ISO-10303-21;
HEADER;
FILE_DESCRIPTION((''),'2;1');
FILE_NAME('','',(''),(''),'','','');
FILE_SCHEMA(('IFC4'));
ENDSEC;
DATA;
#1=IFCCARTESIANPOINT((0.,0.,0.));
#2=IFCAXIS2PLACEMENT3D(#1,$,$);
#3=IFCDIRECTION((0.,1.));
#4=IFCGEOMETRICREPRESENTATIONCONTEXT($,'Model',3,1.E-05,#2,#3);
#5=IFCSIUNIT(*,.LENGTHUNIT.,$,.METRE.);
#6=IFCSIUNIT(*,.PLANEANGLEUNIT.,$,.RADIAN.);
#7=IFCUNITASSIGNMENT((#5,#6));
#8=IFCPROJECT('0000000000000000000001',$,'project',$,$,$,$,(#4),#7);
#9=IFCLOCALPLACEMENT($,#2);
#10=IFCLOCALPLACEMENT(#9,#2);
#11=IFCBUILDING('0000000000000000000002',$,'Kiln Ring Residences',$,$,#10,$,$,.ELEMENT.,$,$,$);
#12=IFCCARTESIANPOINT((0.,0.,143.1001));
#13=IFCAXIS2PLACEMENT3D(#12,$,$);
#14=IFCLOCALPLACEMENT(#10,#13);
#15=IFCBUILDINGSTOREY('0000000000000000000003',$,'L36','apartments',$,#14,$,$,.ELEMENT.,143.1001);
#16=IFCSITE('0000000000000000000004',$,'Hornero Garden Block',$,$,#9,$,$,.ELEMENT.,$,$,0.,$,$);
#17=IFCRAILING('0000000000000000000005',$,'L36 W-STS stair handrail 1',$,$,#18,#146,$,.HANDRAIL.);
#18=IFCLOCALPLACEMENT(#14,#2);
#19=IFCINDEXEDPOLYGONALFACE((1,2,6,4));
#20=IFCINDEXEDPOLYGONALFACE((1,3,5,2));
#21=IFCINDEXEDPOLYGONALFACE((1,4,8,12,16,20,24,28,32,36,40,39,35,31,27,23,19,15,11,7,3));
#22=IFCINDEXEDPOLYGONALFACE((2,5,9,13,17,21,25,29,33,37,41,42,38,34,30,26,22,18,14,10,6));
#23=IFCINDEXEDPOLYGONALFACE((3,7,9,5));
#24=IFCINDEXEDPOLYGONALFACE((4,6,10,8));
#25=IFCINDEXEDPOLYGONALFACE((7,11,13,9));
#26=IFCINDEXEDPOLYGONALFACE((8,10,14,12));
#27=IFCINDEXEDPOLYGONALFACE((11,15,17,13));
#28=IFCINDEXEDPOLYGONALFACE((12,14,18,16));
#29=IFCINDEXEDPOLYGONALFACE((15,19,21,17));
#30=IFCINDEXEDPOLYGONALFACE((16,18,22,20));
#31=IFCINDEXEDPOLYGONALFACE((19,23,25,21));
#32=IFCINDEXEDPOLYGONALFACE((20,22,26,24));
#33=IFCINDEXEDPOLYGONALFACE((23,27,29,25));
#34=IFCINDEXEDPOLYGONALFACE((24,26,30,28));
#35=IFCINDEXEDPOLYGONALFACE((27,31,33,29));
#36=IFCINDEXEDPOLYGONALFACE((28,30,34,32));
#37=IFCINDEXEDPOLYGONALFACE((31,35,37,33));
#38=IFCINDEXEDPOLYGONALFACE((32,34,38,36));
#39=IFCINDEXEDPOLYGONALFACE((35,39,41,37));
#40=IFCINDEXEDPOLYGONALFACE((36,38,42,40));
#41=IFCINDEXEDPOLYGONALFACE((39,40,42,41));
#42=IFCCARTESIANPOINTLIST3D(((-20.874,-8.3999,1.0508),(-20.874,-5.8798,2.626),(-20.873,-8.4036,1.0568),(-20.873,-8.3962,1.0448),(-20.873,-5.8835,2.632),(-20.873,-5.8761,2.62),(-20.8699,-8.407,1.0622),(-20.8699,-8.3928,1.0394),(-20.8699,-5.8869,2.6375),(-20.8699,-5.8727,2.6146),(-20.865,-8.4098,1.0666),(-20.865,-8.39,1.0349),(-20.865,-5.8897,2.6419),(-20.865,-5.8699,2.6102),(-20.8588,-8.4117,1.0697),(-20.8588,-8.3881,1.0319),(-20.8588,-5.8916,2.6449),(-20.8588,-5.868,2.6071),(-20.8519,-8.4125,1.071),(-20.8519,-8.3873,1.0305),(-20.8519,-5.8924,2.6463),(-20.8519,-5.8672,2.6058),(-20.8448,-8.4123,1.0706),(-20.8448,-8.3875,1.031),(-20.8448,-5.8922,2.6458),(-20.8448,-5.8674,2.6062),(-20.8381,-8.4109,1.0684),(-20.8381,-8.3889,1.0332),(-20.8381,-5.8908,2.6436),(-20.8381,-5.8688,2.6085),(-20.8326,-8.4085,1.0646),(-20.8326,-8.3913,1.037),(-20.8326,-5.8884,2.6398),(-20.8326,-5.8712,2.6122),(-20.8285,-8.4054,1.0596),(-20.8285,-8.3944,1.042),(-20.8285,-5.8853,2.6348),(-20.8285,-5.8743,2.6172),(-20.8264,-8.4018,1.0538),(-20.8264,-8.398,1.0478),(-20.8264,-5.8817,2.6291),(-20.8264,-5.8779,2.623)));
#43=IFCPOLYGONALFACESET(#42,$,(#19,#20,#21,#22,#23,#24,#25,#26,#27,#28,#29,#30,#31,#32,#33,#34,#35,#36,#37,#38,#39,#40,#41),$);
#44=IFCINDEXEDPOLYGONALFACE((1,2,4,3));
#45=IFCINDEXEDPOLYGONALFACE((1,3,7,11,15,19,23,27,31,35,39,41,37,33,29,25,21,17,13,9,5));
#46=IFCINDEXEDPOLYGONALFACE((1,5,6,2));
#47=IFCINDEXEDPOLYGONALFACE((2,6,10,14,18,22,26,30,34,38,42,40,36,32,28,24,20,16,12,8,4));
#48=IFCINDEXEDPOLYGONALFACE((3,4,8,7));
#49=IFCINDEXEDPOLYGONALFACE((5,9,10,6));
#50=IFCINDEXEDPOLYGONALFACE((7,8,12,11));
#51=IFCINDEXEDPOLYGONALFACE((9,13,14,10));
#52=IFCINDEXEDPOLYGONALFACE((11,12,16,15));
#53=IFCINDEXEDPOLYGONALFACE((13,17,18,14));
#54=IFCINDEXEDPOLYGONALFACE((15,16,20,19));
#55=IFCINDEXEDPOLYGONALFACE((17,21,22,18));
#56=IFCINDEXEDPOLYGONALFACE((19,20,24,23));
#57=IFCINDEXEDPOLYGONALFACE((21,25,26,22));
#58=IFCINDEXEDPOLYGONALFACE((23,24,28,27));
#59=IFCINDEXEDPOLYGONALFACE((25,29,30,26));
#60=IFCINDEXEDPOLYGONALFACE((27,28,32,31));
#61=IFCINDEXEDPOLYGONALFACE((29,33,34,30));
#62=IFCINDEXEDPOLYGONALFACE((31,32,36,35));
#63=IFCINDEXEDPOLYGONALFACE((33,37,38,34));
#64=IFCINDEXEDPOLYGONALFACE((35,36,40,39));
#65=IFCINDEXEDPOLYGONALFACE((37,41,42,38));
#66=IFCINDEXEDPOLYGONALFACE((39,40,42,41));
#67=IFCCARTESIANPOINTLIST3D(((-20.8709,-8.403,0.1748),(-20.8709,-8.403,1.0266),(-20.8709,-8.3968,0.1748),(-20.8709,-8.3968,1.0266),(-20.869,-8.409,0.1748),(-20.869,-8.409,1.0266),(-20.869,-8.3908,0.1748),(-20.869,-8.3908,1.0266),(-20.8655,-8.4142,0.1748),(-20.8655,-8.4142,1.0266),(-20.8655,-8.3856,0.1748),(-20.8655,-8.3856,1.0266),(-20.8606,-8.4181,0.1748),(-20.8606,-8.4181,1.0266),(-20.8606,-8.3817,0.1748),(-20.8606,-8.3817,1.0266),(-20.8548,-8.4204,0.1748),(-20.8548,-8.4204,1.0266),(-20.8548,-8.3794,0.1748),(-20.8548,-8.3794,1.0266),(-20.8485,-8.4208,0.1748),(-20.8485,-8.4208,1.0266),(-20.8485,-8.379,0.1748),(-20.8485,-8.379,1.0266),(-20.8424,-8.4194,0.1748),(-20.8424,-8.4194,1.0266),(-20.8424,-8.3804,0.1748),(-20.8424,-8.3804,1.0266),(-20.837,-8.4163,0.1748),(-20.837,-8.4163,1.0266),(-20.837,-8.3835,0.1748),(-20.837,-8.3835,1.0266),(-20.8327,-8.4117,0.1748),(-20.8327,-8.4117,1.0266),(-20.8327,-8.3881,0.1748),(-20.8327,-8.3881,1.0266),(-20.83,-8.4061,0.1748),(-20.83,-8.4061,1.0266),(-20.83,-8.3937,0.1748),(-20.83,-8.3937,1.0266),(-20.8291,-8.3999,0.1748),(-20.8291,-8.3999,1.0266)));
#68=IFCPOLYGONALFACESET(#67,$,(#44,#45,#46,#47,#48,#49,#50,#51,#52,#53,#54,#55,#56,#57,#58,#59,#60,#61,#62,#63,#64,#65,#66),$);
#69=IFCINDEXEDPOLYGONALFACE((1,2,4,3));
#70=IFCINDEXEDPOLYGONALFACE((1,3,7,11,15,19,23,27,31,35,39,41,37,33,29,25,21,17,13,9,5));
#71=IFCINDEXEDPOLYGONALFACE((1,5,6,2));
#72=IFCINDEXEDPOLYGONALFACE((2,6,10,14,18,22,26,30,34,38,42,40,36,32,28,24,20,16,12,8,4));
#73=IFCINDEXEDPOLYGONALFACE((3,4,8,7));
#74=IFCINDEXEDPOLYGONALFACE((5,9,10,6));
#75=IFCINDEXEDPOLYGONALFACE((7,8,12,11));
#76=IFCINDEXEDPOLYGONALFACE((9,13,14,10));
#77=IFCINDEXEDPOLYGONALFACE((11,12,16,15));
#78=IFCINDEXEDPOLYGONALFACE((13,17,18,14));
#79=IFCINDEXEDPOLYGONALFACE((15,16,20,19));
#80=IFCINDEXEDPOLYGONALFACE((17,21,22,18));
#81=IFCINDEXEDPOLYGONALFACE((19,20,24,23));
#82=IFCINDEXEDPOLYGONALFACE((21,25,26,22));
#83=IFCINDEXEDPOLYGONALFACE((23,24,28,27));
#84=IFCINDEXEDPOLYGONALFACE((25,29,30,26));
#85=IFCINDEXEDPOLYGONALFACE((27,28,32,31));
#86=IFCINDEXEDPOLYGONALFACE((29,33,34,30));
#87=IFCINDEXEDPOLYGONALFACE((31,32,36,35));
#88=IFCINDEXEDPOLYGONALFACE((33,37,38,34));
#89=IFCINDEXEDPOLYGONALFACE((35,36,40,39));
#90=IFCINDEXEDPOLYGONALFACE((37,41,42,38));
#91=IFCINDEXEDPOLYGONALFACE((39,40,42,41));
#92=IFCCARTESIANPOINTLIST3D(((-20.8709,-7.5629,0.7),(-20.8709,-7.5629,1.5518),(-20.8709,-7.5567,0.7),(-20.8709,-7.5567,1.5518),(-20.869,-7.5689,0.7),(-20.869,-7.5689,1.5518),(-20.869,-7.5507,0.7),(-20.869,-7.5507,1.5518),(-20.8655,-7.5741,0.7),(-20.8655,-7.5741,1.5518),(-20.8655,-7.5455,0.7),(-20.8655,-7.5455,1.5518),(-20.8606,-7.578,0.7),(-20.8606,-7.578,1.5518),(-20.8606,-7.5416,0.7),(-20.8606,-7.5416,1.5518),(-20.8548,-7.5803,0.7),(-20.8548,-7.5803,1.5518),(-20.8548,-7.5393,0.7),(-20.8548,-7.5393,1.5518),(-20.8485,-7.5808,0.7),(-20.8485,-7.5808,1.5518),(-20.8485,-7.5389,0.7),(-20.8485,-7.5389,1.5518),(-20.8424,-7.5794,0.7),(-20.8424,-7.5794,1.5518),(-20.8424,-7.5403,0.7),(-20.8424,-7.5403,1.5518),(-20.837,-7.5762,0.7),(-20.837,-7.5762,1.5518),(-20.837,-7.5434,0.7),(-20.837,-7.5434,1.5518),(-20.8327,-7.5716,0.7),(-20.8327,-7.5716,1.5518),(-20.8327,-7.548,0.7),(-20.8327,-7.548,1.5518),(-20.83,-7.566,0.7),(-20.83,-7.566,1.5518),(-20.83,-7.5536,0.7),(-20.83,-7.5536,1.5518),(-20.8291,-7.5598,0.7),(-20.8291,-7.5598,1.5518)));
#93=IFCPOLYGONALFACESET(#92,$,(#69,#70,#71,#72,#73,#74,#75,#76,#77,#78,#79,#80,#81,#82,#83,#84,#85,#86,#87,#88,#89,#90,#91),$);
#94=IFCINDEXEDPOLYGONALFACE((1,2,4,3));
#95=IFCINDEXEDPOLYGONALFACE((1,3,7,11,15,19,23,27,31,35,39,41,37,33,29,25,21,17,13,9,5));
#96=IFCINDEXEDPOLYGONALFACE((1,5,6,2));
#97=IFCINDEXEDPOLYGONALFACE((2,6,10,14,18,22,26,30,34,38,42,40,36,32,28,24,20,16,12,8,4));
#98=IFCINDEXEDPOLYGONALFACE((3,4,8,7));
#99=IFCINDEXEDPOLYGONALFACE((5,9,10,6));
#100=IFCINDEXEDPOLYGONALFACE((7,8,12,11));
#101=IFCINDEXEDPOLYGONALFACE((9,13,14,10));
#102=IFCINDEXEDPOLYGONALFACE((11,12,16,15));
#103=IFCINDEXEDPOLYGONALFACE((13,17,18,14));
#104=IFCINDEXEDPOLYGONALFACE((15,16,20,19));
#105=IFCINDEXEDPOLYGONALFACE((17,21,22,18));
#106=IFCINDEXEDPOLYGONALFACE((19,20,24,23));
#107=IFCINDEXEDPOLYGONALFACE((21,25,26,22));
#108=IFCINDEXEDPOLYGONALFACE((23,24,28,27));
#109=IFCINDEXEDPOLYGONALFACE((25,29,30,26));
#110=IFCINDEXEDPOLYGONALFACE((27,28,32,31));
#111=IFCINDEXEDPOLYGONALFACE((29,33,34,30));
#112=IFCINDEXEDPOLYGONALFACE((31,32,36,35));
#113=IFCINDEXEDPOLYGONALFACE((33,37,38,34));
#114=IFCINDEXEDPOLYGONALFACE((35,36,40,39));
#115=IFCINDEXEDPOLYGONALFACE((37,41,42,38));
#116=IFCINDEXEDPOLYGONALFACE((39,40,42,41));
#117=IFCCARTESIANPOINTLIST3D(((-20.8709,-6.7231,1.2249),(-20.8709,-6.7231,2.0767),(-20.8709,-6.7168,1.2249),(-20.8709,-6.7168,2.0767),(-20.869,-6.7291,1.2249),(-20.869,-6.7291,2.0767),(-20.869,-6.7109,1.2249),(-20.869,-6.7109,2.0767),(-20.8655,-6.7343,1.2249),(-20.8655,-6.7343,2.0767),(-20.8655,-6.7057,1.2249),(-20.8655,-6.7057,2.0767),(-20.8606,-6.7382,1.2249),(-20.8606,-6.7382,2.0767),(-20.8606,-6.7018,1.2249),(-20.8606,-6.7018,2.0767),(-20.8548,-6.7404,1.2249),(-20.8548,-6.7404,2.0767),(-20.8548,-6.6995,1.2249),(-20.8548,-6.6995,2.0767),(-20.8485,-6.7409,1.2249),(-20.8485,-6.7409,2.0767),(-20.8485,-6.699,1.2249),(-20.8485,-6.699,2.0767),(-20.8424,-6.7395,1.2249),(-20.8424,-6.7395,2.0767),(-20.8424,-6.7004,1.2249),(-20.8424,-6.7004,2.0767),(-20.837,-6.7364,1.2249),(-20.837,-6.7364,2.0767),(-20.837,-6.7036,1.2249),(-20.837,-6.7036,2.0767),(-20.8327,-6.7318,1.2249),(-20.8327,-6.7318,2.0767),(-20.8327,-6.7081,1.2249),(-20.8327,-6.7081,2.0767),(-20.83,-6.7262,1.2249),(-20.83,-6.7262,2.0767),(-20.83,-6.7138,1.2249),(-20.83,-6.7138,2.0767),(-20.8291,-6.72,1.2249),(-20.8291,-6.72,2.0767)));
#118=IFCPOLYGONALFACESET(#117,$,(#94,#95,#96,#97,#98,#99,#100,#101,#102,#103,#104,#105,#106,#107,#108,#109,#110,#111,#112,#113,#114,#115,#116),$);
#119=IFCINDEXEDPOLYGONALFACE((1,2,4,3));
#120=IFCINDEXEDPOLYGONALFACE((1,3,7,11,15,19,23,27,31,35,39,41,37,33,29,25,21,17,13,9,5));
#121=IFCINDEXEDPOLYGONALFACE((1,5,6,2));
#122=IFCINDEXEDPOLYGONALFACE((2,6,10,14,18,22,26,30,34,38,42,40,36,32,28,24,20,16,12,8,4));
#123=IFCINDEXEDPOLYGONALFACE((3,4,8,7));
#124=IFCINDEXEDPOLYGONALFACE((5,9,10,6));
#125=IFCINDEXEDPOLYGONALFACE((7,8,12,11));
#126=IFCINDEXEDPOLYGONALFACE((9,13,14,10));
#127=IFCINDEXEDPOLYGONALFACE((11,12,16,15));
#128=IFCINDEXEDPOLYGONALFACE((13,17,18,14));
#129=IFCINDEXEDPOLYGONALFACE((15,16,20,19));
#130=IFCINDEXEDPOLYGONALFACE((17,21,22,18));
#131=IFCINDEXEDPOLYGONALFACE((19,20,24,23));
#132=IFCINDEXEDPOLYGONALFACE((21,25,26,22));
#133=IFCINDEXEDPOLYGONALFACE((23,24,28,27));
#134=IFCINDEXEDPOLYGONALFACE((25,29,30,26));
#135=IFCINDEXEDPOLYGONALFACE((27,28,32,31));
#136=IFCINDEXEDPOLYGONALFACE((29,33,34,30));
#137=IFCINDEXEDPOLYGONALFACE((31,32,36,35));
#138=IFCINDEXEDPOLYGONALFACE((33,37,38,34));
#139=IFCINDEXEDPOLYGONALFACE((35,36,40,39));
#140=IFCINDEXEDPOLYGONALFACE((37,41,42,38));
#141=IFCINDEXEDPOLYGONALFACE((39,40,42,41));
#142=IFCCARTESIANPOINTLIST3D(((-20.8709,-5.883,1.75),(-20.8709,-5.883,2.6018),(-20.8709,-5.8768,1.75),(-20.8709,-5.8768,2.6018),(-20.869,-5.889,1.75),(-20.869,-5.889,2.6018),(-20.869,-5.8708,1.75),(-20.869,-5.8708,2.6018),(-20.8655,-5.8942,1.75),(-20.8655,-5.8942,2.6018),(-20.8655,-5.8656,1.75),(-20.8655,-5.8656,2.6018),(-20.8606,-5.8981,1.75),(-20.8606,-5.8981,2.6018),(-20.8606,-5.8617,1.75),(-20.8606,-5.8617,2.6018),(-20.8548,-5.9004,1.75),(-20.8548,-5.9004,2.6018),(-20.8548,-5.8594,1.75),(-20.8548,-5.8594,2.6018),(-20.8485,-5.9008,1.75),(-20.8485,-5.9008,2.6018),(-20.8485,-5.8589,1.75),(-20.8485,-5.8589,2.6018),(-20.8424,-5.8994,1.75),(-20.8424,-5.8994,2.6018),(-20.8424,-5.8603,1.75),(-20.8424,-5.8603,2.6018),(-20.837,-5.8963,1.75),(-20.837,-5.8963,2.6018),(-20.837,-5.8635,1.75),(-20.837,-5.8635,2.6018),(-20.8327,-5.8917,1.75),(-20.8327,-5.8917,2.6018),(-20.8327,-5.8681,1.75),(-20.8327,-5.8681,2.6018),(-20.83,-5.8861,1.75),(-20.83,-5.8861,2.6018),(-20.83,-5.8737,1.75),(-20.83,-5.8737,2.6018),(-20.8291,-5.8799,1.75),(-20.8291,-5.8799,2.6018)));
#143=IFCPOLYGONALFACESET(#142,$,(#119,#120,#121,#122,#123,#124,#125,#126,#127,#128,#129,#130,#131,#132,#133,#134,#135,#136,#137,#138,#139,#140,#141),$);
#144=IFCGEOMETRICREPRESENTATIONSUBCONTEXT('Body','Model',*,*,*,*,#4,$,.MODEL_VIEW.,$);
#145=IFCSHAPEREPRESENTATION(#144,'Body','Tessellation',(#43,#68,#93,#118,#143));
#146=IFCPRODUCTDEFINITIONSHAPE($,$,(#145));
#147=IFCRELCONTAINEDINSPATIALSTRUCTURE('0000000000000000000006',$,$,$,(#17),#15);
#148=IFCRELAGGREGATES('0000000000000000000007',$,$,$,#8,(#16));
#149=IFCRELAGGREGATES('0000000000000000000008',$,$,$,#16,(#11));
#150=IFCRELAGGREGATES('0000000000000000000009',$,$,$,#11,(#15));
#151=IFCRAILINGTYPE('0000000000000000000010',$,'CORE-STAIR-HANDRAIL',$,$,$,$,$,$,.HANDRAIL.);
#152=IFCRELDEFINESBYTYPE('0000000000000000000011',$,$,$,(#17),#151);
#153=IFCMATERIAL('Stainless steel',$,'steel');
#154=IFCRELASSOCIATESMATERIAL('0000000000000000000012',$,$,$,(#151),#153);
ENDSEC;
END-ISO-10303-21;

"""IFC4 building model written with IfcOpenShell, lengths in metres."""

from ifc_helpers import new_model, si_unit, direction, frame, origin, origin_2d, place, context, subcontext, project, spatial, circle, extrude, material, type_object, element, save


model = new_model("IFC4")

# Units and contexts
model_context = context("Model", 3, precision=1e-05, world=origin(), true_north=direction((0.0, 1.0)))
body_context = subcontext(model_context, "Body", "Model", "MODEL_VIEW")
ifc_project = project(units=[si_unit("LENGTHUNIT", "METRE"), si_unit("PLANEANGLEUNIT", "RADIAN")], contexts=[model_context])

# Site, building, storey
site_placement = place(None, origin())
site = spatial("IfcSite", under=ifc_project, at=site_placement, Name="Hornero Garden Block", CompositionType="ELEMENT", RefElevation=0.0)
building_placement = place(site_placement, origin())
building = spatial("IfcBuilding", under=site, at=building_placement, Name="Kiln Ring Residences", CompositionType="ELEMENT")
storey_placement = place(building_placement, frame((0.0, 0.0, 143.1001)))
storey = spatial("IfcBuildingStorey", under=building, at=storey_placement, Name="L36", Description="apartments", CompositionType="ELEMENT", Elevation=143.1001)

# Railing
ifc_material_1 = material(Name="Stainless steel", Category="steel")
railing_type_1 = type_object("IfcRailingType", Name="CORE-STAIR-HANDRAIL", PredefinedType="HANDRAIL", material=ifc_material_1)
railing_1_placement = place(storey_placement, frame((-20.8501, -8.3999, 0.1748)))
element("IfcRailing", 1, at=railing_1_placement, inside=storey, type_object=railing_type_1, Name="L36 W-STS stair handrail 1", PredefinedType="HANDRAIL", context=body_context, shape_type="SweptSolid", body=[
    extrude(circle(Radius=0.0239, at=origin_2d()), frame((0.0, 0.0, 0.876), z_axis=(0.0, 0.847971, 0.530043), x_axis=(-1.0, 0.0, 0.0)), (0.0, 0.0, 1.0), 2.9719),
    extrude(circle(Radius=0.021, at=origin_2d()), origin(), (0.0, 0.0, 1.0), 0.8518),
    extrude(circle(Radius=0.021, at=origin_2d()), frame((0.0, 0.8401, 0.5251)), (0.0, 0.0, 1.0), 0.8518),
    extrude(circle(Radius=0.021, at=origin_2d()), frame((0.0, 1.6799, 1.05)), (0.0, 0.0, 1.0), 0.8518),
    extrude(circle(Radius=0.021, at=origin_2d()), frame((0.0, 2.52, 1.5752)), (0.0, 0.0, 1.0), 0.8518),
])

save(model, "model.ifc")
